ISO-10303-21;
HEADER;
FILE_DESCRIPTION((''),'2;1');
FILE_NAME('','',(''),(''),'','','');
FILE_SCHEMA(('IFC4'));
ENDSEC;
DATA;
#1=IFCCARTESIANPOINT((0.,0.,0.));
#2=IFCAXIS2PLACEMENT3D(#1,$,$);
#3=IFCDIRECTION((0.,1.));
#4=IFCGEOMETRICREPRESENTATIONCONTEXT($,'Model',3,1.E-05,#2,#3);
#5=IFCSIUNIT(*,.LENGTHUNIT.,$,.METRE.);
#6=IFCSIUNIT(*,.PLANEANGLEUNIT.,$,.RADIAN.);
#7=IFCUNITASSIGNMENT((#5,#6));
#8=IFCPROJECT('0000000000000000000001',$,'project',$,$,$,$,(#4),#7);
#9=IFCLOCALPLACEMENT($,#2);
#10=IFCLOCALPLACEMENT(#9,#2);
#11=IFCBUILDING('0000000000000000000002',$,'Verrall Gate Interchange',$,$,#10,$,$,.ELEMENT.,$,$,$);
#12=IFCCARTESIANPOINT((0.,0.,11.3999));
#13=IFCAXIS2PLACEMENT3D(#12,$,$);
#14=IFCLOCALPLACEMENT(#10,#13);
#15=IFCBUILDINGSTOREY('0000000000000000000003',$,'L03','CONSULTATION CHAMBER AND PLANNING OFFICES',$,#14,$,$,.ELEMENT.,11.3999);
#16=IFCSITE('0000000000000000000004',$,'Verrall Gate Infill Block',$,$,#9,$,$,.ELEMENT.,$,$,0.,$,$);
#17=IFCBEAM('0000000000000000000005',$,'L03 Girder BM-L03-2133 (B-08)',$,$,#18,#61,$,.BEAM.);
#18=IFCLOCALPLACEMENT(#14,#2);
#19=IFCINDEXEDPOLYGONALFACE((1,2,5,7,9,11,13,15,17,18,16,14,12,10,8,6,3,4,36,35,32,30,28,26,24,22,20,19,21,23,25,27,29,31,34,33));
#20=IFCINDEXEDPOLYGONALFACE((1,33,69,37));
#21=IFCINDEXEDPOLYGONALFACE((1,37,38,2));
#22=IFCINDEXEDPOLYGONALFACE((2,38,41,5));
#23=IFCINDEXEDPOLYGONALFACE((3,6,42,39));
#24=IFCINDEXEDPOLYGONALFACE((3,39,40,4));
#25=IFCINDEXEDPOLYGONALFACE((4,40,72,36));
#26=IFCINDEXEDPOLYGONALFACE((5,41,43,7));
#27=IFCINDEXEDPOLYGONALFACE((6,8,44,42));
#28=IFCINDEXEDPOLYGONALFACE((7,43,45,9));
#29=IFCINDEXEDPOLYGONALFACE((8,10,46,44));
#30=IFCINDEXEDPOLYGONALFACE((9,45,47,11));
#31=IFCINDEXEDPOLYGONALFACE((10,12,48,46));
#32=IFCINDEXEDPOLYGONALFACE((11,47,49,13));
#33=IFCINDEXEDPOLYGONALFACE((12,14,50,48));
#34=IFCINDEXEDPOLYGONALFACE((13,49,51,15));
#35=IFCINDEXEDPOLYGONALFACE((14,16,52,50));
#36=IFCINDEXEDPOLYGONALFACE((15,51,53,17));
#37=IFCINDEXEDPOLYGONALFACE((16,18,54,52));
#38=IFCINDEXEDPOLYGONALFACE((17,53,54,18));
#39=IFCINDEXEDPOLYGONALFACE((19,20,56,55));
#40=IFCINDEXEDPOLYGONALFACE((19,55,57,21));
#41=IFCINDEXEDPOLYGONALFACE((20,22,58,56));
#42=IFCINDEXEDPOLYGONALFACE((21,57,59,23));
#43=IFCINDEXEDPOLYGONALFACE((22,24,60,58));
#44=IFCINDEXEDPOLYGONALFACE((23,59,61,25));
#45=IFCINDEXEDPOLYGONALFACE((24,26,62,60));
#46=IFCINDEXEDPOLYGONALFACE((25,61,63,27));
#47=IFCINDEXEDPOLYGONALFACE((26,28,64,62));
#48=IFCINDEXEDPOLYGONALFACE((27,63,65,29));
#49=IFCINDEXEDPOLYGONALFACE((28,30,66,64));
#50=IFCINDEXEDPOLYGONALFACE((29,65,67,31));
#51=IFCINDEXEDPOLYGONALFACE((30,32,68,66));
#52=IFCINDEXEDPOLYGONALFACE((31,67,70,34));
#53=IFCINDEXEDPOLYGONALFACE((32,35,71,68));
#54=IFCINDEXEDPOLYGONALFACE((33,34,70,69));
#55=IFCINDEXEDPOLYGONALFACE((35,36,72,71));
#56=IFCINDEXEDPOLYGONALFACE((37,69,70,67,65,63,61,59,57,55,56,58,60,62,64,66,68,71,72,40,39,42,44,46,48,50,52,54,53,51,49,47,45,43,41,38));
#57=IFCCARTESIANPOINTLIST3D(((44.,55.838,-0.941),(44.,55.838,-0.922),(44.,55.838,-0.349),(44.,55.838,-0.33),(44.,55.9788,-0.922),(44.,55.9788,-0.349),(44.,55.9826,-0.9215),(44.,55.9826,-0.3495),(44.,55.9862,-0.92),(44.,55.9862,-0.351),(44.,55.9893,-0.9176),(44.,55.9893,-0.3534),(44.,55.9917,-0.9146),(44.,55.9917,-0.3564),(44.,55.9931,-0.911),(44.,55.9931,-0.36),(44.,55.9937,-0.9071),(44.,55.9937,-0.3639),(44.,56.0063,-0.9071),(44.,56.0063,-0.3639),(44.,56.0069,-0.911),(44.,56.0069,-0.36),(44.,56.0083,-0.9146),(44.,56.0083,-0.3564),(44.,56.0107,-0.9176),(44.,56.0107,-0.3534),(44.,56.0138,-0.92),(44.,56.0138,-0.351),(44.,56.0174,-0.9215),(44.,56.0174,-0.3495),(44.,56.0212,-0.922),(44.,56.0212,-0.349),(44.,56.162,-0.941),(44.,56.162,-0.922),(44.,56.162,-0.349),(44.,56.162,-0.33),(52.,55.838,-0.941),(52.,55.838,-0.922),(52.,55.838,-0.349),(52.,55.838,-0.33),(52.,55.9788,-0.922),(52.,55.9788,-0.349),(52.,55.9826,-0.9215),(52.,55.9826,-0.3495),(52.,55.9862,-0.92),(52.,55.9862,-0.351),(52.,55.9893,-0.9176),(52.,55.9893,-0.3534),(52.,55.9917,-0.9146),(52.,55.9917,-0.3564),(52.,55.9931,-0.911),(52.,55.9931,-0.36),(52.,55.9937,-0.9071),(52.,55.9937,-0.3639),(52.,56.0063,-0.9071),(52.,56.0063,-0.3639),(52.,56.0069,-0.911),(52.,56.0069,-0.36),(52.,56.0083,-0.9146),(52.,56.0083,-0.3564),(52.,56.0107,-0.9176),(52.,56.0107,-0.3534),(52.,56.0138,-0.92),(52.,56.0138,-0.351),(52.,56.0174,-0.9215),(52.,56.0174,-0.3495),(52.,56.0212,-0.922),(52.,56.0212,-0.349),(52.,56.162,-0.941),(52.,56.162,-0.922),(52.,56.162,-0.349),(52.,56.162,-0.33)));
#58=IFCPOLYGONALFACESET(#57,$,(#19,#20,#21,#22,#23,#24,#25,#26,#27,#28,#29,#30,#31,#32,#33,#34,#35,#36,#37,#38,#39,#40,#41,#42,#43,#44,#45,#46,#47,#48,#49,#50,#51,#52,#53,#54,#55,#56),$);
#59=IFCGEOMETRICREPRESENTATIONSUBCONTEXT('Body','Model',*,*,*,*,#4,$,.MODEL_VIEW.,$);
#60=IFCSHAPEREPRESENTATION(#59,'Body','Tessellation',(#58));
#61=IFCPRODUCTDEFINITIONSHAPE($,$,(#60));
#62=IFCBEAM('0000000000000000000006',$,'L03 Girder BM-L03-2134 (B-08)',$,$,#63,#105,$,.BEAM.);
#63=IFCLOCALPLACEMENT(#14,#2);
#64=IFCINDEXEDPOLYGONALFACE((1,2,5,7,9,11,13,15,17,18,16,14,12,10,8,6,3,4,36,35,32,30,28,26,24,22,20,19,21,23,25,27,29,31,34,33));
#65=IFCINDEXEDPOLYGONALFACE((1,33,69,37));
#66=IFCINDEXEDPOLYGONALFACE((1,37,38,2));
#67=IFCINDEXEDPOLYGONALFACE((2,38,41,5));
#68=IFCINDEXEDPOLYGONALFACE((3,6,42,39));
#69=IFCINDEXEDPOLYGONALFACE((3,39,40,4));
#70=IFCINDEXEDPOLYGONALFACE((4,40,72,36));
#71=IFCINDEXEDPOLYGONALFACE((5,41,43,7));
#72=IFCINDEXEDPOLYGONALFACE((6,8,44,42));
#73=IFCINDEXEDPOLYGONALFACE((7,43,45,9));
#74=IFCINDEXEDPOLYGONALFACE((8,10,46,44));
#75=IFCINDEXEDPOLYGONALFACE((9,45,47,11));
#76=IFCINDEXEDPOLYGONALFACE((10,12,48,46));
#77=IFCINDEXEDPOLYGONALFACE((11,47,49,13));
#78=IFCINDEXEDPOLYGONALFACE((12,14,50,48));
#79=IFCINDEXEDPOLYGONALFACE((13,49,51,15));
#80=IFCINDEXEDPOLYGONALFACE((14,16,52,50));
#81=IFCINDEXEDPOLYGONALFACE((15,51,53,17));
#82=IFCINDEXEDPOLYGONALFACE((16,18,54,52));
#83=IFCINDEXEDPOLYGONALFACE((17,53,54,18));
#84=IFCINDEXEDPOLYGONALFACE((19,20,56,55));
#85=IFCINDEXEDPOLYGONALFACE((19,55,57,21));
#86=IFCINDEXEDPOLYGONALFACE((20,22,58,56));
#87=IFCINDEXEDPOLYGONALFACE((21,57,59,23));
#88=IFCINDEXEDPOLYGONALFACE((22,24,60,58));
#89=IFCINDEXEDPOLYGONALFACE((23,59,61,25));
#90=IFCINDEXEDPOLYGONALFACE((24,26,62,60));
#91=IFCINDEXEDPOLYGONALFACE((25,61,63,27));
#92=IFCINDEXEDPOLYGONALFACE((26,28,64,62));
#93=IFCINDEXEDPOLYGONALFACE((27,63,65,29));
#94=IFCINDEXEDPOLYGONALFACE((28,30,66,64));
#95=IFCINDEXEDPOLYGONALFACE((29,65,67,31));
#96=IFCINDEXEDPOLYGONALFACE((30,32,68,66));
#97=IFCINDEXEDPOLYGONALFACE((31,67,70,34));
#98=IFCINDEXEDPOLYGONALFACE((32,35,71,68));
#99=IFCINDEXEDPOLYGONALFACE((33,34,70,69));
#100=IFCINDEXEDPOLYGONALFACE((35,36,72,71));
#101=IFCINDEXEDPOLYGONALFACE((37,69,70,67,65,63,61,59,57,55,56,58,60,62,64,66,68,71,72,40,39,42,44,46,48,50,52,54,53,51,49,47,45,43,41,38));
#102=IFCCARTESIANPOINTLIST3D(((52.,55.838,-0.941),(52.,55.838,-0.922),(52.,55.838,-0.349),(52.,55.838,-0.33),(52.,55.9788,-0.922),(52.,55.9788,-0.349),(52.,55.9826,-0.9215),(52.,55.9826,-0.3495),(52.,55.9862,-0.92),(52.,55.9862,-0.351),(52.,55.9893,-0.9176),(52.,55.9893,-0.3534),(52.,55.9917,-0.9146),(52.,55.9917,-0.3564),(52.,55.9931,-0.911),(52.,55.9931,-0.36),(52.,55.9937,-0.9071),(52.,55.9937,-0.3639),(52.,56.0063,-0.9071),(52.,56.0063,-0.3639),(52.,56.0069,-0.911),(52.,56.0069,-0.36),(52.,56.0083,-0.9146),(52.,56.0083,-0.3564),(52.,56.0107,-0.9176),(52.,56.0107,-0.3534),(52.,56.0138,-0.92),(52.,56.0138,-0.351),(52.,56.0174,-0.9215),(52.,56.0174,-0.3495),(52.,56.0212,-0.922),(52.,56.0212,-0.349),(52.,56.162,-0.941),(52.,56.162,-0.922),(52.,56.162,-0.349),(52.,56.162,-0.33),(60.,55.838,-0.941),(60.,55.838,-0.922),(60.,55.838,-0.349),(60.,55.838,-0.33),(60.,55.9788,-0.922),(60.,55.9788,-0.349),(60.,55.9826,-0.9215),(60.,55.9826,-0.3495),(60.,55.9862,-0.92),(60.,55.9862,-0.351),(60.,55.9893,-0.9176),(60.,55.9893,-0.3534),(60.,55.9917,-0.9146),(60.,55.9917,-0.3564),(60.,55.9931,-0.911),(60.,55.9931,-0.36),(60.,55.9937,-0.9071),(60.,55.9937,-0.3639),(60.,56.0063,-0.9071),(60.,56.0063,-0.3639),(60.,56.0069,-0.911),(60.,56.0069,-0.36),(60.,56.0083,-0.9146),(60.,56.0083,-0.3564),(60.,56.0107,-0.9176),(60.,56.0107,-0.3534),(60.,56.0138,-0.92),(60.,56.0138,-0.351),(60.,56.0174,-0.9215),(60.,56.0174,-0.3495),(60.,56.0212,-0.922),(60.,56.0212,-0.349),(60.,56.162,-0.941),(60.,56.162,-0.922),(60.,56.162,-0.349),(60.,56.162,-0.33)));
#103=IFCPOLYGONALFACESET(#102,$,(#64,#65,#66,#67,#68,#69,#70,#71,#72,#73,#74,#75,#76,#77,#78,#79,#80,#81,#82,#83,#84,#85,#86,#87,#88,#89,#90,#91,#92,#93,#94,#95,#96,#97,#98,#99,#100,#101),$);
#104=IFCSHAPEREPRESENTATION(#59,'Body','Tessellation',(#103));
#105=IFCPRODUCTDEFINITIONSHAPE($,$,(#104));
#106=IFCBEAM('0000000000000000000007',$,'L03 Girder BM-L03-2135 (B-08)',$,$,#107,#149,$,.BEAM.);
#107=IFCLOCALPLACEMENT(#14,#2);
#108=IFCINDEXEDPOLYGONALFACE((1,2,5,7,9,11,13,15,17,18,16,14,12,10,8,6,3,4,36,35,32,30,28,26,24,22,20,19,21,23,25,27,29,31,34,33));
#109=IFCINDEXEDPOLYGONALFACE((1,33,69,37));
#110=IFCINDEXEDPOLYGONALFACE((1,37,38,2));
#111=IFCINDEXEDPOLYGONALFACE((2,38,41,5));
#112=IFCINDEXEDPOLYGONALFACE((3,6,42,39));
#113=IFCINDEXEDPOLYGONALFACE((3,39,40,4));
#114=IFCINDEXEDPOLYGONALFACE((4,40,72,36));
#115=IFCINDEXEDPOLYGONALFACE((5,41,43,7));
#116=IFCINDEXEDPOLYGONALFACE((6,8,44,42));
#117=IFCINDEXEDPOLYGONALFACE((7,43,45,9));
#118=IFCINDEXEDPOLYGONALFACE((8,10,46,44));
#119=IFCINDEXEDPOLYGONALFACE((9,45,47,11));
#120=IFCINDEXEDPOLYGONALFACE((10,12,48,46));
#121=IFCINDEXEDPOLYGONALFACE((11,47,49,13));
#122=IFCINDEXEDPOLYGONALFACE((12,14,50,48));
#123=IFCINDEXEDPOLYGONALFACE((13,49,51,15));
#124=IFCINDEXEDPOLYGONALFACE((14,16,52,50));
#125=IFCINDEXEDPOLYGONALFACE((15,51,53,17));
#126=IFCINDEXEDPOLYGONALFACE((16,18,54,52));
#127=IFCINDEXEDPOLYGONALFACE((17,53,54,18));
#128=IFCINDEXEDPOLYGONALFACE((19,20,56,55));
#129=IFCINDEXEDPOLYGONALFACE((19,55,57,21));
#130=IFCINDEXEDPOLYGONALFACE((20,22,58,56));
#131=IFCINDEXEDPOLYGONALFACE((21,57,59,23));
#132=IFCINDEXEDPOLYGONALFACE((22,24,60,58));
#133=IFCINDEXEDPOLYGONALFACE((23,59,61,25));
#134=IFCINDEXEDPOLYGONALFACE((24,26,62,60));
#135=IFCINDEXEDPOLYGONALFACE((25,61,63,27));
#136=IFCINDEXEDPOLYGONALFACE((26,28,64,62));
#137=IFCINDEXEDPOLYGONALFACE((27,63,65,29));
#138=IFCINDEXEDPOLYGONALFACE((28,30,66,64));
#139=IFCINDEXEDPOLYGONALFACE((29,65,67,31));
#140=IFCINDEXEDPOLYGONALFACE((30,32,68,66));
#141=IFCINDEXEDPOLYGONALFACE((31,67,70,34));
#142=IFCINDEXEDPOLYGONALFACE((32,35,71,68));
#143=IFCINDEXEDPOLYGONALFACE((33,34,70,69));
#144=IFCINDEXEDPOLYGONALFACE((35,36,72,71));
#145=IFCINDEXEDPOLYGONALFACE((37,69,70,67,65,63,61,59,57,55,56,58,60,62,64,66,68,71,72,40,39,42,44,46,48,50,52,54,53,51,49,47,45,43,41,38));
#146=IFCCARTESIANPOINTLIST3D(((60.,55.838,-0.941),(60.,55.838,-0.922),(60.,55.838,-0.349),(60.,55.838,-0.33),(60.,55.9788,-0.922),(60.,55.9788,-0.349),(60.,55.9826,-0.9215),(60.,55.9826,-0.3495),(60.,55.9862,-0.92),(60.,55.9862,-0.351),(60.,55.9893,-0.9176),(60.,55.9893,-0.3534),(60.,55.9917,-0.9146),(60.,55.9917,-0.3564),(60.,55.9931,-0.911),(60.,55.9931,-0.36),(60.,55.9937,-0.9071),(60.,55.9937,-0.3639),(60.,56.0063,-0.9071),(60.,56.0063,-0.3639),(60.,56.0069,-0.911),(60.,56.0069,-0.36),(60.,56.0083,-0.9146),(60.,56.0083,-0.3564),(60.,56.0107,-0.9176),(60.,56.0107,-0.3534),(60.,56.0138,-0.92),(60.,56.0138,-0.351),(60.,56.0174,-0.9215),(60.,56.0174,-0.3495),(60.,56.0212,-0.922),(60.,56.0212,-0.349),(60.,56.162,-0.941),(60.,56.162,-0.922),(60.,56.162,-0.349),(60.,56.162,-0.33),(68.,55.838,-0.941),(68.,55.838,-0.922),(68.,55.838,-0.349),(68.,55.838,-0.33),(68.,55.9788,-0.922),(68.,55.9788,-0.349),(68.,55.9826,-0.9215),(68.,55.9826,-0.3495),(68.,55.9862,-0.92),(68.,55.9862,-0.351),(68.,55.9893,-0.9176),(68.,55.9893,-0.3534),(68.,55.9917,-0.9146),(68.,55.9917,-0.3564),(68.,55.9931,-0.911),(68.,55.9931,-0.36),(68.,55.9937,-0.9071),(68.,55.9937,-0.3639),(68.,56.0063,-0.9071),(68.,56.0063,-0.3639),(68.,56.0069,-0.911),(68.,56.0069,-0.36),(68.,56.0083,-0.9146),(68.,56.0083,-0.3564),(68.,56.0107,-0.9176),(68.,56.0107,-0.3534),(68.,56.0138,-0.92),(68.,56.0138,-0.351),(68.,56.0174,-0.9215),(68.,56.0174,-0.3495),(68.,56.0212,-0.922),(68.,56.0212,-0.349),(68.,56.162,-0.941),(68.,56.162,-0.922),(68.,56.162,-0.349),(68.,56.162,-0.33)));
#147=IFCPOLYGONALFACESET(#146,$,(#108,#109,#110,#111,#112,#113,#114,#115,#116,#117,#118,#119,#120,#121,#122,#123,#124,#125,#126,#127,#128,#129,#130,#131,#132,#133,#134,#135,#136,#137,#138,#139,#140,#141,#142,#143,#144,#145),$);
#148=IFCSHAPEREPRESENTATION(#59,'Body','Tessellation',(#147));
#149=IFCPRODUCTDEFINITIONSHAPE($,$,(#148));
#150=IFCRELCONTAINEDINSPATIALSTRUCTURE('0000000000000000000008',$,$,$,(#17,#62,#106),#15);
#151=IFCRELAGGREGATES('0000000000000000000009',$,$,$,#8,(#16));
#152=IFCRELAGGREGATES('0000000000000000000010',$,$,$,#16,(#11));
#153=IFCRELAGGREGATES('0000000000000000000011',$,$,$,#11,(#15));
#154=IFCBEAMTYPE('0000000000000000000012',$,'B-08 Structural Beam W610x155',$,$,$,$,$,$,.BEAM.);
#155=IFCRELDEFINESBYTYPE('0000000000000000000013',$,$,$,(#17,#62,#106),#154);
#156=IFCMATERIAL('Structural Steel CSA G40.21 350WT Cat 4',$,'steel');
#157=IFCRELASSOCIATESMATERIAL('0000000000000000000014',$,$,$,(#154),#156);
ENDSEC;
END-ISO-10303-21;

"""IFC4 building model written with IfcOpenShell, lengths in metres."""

from ifc_helpers import new_model, si_unit, direction, frame, origin, origin_2d, place, context, subcontext, project, spatial, i_section, extrude, material, material_profile, profile_set, type_object, element, save


model = new_model("IFC4")

# Units and contexts
model_context = context("Model", 3, precision=1e-05, world=origin(), true_north=direction((0.0, 1.0)))
body_context = subcontext(model_context, "Body", "Model", "MODEL_VIEW")
ifc_project = project(units=[si_unit("LENGTHUNIT", "METRE"), si_unit("PLANEANGLEUNIT", "RADIAN")], contexts=[model_context])

# Site, building, storey
site_placement = place(None, origin())
site = spatial("IfcSite", under=ifc_project, at=site_placement, Name="Verrall Gate Infill Block", CompositionType="ELEMENT", RefElevation=0.0)
building_placement = place(site_placement, origin())
building = spatial("IfcBuilding", under=site, at=building_placement, Name="Verrall Gate Interchange", CompositionType="ELEMENT")
storey_placement = place(building_placement, frame((0.0, 0.0, 11.3999)))
storey = spatial("IfcBuildingStorey", under=building, at=storey_placement, Name="L03", Description="CONSULTATION CHAMBER AND PLANNING OFFICES", CompositionType="ELEMENT", Elevation=11.3999)

# Beams
ifc_material_1 = material(Name="Structural Steel CSA G40.21 350WT Cat 4", Category="steel")
ifc_material_profile_1 = material_profile(ifc_material_1, i_section(OverallWidth=0.324, OverallDepth=0.6111, WebThickness=0.0127, FlangeThickness=0.019, FilletRadius=0.0149, at=origin_2d()), Name="W610x155")
ifc_profile_set_1 = profile_set([ifc_material_profile_1], Name="Structural Steel CSA G40.21 350WT Cat 4")
beam_type_1 = type_object("IfcBeamType", Name="B-08 Structural Beam W610x155", PredefinedType="BEAM", material=ifc_profile_set_1)
for number, where, z_axis, x_axis, name in (
    (1, (44.0, 56.0, -0.6355), (1.0, 0.0, 0.0), (0.0, 1.0, 0.0), "L03 Girder BM-L03-2133 (B-08)"),
    (2, (52.0, 56.0, -0.6355), (1.0, 0.0, 0.0), (0.0, 1.0, 0.0), "L03 Girder BM-L03-2134 (B-08)"),
    (3, (60.0, 56.0, -0.6355), (1.0, 0.0, 0.0), (0.0, 1.0, 0.0), "L03 Girder BM-L03-2135 (B-08)"),
):
    element("IfcBeam", number, at=place(storey_placement, frame(where, z_axis=z_axis, x_axis=x_axis)), inside=storey, type_object=beam_type_1, Name=name, PredefinedType="BEAM", context=body_context, shape_type="SweptSolid", body=[
        extrude(i_section(OverallWidth=0.324, OverallDepth=0.6111, WebThickness=0.0127, FlangeThickness=0.019, FilletRadius=0.0149, at=origin_2d()), origin(), (0.0, 0.0, 1.0), 8.0),
    ])

save(model, "model.ifc")
